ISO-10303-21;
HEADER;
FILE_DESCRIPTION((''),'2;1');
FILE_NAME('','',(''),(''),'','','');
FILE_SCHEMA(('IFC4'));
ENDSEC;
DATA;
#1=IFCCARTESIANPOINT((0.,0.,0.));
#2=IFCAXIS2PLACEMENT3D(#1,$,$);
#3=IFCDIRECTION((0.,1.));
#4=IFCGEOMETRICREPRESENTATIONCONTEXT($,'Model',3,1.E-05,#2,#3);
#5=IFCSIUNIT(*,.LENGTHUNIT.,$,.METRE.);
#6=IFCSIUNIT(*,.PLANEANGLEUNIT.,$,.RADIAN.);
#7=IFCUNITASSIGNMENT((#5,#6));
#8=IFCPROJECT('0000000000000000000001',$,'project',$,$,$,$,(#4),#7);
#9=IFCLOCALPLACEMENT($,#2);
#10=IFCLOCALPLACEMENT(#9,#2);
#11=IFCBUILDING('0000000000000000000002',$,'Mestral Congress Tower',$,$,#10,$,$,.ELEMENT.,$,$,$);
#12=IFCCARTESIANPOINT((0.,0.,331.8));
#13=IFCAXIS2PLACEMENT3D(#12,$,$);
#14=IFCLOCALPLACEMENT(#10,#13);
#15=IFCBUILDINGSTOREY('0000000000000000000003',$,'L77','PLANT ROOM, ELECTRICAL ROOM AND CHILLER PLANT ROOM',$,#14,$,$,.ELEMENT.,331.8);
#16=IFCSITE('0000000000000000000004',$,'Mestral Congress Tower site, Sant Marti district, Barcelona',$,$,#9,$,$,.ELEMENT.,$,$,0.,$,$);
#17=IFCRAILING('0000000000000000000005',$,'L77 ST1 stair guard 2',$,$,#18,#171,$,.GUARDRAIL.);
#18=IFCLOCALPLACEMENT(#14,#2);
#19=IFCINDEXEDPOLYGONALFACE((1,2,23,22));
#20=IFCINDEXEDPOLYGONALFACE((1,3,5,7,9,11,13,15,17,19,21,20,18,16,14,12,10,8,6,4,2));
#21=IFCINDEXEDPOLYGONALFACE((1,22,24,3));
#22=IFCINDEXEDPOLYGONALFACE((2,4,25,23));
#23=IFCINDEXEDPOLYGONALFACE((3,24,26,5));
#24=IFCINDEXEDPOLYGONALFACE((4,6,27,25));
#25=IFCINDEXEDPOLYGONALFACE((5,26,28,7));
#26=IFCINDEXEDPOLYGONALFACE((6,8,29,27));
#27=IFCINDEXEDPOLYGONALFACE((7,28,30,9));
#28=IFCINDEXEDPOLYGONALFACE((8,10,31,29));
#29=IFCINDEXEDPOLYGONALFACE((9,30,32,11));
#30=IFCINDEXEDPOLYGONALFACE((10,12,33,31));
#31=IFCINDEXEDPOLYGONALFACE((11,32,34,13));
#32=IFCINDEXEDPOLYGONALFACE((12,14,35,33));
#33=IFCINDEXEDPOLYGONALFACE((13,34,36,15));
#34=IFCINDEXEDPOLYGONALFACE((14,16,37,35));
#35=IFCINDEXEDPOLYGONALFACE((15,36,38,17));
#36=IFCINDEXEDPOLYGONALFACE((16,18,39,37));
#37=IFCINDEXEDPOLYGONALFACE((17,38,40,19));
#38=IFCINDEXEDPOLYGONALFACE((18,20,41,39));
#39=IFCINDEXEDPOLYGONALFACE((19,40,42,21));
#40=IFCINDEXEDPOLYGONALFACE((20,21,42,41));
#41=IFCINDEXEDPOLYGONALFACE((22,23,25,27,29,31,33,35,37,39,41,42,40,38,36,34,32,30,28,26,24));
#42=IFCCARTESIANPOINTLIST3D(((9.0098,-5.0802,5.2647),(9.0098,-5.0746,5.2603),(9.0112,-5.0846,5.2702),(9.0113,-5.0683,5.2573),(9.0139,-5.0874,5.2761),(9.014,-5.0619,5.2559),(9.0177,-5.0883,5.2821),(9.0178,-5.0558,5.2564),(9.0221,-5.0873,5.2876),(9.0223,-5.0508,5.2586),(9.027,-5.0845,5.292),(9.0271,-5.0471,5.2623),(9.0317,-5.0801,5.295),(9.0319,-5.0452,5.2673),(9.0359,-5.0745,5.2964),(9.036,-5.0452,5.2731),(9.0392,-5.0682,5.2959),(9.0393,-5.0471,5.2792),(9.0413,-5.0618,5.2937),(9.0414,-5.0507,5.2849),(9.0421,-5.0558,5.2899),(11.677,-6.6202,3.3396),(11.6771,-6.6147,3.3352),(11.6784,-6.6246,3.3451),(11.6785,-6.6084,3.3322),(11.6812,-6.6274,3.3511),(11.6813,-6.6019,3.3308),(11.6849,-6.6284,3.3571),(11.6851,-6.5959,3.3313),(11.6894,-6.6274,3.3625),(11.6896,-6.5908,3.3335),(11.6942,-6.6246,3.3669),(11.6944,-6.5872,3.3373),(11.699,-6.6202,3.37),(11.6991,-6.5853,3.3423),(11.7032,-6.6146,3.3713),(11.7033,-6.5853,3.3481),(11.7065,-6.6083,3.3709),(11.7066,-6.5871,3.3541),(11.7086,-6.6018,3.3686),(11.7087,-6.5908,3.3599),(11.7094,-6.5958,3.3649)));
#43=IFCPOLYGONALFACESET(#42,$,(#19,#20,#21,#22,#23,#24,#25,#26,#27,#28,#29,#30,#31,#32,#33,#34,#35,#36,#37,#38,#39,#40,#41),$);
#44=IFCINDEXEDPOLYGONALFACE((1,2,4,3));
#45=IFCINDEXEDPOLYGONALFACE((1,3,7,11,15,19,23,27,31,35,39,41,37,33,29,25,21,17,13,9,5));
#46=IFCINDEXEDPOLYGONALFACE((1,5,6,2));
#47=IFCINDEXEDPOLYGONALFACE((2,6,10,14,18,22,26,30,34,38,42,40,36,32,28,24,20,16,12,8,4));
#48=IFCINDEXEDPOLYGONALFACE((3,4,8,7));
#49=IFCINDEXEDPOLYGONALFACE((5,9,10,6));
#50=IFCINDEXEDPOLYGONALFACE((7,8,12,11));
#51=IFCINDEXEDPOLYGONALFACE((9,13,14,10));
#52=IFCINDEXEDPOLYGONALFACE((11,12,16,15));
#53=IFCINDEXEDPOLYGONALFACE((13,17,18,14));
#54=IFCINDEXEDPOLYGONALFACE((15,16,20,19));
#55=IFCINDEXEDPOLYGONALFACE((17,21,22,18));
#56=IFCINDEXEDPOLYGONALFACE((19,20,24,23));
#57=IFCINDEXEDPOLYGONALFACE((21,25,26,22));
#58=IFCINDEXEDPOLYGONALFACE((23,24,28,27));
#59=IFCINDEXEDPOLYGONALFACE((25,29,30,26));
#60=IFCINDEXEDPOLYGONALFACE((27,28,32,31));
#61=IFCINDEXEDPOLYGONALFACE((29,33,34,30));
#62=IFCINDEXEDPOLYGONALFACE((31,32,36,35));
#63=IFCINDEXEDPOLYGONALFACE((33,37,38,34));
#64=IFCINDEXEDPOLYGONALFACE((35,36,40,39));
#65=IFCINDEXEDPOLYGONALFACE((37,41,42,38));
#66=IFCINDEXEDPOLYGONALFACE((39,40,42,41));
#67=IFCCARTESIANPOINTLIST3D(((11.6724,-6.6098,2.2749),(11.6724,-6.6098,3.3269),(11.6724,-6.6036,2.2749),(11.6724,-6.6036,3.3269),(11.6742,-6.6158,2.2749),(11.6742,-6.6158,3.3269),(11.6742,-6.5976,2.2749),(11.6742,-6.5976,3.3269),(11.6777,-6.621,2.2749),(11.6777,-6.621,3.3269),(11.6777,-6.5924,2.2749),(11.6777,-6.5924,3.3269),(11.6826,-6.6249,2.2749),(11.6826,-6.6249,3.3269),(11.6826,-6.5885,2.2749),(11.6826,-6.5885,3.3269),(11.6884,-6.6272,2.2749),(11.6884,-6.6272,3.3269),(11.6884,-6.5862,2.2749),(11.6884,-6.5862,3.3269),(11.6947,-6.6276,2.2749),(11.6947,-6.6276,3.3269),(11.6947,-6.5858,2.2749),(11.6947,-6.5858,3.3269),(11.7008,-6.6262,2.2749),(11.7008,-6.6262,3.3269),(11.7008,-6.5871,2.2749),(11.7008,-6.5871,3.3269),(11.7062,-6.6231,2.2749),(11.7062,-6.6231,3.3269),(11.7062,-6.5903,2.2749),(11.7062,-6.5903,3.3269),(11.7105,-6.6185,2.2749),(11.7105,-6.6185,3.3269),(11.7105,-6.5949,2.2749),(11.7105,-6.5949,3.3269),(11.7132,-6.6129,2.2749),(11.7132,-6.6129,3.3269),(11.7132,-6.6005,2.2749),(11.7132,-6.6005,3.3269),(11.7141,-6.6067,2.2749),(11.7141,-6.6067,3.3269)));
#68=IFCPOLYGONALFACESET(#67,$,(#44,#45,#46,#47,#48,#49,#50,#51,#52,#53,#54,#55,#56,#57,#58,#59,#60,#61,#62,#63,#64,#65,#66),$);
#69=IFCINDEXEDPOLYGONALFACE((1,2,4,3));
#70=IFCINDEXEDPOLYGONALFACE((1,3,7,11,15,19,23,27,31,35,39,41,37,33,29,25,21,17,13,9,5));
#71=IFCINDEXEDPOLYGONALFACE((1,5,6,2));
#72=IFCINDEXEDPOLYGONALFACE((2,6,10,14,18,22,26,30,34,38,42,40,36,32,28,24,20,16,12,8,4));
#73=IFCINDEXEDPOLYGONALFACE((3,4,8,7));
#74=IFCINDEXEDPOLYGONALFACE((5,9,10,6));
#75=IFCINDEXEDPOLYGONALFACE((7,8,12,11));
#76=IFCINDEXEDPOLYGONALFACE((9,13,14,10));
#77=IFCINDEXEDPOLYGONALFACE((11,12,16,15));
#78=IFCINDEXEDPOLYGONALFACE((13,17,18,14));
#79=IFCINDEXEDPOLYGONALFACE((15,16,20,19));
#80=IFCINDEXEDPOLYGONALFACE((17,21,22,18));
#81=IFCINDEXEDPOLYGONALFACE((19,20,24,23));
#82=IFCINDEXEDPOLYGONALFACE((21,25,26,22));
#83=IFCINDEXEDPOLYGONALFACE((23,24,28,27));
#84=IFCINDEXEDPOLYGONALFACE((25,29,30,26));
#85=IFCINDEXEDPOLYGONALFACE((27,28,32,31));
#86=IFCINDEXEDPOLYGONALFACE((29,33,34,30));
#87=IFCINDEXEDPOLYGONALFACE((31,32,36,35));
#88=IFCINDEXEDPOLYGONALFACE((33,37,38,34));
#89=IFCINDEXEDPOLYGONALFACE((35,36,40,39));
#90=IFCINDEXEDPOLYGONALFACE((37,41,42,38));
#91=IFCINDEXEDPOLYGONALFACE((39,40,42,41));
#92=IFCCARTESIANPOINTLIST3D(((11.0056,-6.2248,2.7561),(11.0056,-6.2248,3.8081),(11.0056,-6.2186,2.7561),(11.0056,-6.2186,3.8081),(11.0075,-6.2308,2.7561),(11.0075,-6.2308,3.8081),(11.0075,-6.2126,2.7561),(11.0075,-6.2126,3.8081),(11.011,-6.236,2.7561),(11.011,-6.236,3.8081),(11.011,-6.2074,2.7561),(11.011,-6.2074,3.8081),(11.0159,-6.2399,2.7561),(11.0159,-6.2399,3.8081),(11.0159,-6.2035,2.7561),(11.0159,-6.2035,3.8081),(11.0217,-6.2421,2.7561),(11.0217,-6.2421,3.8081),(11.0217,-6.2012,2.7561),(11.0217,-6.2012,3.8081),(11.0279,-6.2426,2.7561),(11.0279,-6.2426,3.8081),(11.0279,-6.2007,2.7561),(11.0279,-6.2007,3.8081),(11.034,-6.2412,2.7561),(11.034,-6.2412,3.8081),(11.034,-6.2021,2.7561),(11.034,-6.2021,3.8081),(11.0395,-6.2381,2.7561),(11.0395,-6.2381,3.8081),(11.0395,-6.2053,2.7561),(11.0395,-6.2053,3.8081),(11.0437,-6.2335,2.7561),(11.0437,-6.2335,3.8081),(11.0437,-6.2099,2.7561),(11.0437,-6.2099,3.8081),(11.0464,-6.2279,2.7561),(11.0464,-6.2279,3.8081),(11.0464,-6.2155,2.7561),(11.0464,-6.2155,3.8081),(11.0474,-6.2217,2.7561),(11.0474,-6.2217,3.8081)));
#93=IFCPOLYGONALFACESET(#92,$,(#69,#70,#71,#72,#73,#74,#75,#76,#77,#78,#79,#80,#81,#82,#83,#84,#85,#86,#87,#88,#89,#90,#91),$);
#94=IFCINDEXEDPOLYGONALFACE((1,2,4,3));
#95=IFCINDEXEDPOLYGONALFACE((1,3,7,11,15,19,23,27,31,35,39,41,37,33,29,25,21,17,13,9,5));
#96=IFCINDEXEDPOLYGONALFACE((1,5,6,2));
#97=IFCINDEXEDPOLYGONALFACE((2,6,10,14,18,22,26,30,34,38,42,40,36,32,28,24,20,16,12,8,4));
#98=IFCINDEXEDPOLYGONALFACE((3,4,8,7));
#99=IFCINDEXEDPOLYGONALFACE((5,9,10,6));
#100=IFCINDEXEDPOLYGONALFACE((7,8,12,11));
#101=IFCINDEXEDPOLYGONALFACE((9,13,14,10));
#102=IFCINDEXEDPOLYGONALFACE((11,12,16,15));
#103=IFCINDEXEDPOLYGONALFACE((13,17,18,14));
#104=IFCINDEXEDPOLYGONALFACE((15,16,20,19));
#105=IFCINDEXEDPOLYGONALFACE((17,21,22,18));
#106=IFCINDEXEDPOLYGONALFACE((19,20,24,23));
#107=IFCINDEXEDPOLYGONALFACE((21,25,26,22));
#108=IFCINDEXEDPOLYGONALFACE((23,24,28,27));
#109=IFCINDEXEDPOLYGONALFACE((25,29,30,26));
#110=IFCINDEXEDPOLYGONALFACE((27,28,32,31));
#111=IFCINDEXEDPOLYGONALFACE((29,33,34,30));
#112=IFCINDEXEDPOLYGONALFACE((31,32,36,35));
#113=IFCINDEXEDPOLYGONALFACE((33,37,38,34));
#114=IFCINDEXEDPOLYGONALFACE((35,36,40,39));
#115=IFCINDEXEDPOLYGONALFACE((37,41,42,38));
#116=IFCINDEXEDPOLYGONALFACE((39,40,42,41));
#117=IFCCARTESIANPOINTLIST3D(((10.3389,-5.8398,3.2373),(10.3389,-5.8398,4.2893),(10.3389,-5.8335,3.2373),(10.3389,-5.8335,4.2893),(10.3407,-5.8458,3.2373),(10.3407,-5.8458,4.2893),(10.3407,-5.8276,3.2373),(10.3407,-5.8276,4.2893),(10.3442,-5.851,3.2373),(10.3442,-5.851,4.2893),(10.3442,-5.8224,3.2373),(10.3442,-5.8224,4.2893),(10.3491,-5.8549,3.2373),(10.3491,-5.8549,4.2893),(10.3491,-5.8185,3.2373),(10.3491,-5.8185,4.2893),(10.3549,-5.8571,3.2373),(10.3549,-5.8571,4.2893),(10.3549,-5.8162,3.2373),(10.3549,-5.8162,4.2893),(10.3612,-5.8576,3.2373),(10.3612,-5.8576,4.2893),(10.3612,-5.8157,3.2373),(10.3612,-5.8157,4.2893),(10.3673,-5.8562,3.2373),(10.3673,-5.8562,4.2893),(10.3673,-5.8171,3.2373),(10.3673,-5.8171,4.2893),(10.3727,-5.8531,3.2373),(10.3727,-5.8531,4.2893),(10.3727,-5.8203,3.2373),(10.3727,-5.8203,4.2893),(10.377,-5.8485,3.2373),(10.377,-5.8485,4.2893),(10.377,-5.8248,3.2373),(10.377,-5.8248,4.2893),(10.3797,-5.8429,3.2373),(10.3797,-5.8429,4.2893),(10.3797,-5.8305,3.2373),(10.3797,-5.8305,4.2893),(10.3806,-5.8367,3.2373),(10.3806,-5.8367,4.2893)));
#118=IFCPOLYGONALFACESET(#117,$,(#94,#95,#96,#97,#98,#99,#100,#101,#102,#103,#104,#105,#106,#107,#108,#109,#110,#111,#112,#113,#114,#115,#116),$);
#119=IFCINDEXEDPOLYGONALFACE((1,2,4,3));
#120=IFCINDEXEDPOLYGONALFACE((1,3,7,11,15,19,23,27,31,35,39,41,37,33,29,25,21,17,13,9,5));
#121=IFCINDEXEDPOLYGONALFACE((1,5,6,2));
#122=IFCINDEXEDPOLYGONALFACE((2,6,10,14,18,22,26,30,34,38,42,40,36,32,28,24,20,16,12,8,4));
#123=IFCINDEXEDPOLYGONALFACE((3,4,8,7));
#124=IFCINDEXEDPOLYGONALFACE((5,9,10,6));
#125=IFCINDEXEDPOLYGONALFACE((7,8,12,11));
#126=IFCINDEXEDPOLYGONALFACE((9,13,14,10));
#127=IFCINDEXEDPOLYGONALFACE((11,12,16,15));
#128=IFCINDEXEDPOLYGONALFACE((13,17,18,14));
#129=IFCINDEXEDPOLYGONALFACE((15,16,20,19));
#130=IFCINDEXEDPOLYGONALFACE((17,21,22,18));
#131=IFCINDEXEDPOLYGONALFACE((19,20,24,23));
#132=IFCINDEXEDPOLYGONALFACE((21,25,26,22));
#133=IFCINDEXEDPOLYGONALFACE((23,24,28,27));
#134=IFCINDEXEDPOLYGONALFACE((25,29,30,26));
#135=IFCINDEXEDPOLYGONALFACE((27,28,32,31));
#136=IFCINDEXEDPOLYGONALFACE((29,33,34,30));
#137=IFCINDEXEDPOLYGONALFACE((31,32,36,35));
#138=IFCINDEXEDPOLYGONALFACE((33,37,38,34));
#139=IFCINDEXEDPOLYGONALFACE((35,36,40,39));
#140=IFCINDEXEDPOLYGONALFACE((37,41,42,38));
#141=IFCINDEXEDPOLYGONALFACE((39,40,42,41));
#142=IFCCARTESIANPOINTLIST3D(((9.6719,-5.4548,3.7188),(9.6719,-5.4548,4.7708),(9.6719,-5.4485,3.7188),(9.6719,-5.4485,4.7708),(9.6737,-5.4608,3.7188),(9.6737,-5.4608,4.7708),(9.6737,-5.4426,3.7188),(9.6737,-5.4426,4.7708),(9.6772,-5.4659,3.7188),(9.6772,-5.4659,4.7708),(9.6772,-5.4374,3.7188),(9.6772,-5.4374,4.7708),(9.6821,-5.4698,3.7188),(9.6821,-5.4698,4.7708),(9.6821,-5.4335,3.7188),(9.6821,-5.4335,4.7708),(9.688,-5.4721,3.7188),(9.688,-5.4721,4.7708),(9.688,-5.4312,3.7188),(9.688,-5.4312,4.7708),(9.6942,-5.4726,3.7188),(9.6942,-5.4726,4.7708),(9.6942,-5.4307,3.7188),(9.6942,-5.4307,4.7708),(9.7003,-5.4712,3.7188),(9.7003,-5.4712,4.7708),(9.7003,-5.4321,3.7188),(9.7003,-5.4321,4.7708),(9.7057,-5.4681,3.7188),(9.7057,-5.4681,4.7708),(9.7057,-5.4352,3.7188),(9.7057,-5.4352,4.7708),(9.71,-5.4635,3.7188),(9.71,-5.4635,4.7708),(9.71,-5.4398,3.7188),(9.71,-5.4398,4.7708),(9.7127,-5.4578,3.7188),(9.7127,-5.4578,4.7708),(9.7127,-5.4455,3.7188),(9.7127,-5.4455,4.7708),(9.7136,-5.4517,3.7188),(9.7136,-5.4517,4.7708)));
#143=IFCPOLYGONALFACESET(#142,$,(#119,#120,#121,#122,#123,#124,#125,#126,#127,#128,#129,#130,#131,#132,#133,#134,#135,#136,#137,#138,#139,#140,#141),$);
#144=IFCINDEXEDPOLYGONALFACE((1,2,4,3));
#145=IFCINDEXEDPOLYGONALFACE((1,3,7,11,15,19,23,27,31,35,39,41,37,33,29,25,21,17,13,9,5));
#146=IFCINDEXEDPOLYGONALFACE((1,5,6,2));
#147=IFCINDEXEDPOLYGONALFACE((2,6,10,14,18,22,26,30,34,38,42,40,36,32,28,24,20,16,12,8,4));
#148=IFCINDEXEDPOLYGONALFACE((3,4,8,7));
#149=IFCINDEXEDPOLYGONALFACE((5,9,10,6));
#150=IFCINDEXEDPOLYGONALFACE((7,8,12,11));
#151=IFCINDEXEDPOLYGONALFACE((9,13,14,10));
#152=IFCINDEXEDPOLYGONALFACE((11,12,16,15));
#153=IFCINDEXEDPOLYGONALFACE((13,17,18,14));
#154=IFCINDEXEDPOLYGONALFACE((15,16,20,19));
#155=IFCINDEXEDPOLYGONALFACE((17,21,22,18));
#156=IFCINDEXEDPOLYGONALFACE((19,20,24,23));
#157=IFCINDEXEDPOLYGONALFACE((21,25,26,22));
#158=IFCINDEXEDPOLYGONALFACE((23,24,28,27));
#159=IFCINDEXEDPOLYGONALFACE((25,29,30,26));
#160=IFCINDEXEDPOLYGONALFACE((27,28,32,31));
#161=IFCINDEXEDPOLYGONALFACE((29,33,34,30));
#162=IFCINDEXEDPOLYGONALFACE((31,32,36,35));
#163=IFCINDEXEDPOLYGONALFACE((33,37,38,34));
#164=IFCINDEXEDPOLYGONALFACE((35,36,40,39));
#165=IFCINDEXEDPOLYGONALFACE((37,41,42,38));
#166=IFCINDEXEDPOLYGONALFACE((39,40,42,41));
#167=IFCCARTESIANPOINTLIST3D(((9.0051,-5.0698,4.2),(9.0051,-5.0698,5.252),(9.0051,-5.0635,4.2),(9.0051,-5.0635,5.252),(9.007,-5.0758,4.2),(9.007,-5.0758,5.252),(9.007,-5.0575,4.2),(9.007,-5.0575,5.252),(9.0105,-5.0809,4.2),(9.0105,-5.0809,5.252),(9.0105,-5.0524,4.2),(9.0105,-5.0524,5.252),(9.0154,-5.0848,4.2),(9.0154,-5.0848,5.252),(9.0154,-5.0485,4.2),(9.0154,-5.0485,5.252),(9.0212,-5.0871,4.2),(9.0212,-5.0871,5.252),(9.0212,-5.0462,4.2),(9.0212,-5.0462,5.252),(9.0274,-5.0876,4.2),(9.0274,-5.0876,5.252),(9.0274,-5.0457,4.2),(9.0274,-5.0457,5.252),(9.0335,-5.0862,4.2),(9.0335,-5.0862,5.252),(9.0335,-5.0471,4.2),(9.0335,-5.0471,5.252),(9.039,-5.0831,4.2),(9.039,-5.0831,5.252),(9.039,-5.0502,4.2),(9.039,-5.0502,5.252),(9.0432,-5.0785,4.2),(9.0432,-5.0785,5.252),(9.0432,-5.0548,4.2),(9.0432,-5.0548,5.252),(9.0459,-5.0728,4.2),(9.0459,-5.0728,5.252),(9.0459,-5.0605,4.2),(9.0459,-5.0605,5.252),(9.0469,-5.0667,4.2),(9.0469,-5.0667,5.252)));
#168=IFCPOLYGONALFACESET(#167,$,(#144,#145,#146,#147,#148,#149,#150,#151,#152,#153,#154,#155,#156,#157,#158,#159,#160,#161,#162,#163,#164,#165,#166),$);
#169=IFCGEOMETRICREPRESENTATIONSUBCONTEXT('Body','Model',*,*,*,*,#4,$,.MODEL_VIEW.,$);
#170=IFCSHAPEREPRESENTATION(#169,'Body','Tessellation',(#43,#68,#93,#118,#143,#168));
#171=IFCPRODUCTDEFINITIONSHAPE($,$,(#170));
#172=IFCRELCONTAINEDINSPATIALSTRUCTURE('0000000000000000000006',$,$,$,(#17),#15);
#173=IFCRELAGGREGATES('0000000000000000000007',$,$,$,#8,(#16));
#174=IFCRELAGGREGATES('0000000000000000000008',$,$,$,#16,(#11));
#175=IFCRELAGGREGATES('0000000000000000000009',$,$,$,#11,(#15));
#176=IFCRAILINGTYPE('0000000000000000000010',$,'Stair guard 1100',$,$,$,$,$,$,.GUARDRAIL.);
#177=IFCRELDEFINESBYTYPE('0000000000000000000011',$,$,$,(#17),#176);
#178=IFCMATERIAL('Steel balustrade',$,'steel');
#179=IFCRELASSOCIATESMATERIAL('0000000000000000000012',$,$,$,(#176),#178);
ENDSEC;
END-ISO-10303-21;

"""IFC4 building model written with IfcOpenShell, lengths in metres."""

from ifc_helpers import new_model, si_unit, direction, frame, origin, origin_2d, place, context, subcontext, project, spatial, circle, extrude, material, type_object, element, save


model = new_model("IFC4")

# Units and contexts
model_context = context("Model", 3, precision=1e-05, world=origin(), true_north=direction((0.0, 1.0)))
body_context = subcontext(model_context, "Body", "Model", "MODEL_VIEW")
ifc_project = project(units=[si_unit("LENGTHUNIT", "METRE"), si_unit("PLANEANGLEUNIT", "RADIAN")], contexts=[model_context])

# Site, building, storey
site_placement = place(None, origin())
site = spatial("IfcSite", under=ifc_project, at=site_placement, Name="Mestral Congress Tower site, Sant Marti district, Barcelona", CompositionType="ELEMENT", RefElevation=0.0)
building_placement = place(site_placement, origin())
building = spatial("IfcBuilding", under=site, at=building_placement, Name="Mestral Congress Tower", CompositionType="ELEMENT")
storey_placement = place(building_placement, frame((0.0, 0.0, 331.8)))
storey = spatial("IfcBuildingStorey", under=building, at=storey_placement, Name="L77", Description="PLANT ROOM, ELECTRICAL ROOM AND CHILLER PLANT ROOM", CompositionType="ELEMENT", Elevation=331.8)

# Railing
ifc_material_1 = material(Name="Steel balustrade", Category="steel")
railing_type_1 = type_object("IfcRailingType", Name="Stair guard 1100", PredefinedType="GUARDRAIL", material=ifc_material_1)
railing_1_placement = place(storey_placement, frame((11.6931, -6.6067, 2.2749)))
element("IfcRailing", 1, at=railing_1_placement, inside=storey, type_object=railing_type_1, Name="L77 ST1 stair guard 2", PredefinedType="GUARDRAIL", context=body_context, shape_type="SweptSolid", body=[
    extrude(circle(Radius=0.0239, at=origin_2d()), frame((0.0, 0.0, 1.0762), z_axis=(-0.734364, 0.424015, 0.530019), x_axis=(-0.500027, -0.86601, 0.0)), (0.0, 0.0, 1.0), 3.6321),
    extrude(circle(Radius=0.021, at=origin_2d()), origin(), (0.0, 0.0, 1.0), 1.052),
    extrude(circle(Radius=0.021, at=origin_2d()), frame((-0.6667, 0.385, 0.4812)), (0.0, 0.0, 1.0), 1.052),
    extrude(circle(Radius=0.021, at=origin_2d()), frame((-1.3335, 0.77, 0.9624)), (0.0, 0.0, 1.0), 1.052),
    extrude(circle(Radius=0.021, at=origin_2d()), frame((-2.0005, 1.155, 1.4438)), (0.0, 0.0, 1.0), 1.052),
    extrude(circle(Radius=0.021, at=origin_2d()), frame((-2.6672, 1.54, 1.925)), (0.0, 0.0, 1.0), 1.052),
])

save(model, "model.ifc")
